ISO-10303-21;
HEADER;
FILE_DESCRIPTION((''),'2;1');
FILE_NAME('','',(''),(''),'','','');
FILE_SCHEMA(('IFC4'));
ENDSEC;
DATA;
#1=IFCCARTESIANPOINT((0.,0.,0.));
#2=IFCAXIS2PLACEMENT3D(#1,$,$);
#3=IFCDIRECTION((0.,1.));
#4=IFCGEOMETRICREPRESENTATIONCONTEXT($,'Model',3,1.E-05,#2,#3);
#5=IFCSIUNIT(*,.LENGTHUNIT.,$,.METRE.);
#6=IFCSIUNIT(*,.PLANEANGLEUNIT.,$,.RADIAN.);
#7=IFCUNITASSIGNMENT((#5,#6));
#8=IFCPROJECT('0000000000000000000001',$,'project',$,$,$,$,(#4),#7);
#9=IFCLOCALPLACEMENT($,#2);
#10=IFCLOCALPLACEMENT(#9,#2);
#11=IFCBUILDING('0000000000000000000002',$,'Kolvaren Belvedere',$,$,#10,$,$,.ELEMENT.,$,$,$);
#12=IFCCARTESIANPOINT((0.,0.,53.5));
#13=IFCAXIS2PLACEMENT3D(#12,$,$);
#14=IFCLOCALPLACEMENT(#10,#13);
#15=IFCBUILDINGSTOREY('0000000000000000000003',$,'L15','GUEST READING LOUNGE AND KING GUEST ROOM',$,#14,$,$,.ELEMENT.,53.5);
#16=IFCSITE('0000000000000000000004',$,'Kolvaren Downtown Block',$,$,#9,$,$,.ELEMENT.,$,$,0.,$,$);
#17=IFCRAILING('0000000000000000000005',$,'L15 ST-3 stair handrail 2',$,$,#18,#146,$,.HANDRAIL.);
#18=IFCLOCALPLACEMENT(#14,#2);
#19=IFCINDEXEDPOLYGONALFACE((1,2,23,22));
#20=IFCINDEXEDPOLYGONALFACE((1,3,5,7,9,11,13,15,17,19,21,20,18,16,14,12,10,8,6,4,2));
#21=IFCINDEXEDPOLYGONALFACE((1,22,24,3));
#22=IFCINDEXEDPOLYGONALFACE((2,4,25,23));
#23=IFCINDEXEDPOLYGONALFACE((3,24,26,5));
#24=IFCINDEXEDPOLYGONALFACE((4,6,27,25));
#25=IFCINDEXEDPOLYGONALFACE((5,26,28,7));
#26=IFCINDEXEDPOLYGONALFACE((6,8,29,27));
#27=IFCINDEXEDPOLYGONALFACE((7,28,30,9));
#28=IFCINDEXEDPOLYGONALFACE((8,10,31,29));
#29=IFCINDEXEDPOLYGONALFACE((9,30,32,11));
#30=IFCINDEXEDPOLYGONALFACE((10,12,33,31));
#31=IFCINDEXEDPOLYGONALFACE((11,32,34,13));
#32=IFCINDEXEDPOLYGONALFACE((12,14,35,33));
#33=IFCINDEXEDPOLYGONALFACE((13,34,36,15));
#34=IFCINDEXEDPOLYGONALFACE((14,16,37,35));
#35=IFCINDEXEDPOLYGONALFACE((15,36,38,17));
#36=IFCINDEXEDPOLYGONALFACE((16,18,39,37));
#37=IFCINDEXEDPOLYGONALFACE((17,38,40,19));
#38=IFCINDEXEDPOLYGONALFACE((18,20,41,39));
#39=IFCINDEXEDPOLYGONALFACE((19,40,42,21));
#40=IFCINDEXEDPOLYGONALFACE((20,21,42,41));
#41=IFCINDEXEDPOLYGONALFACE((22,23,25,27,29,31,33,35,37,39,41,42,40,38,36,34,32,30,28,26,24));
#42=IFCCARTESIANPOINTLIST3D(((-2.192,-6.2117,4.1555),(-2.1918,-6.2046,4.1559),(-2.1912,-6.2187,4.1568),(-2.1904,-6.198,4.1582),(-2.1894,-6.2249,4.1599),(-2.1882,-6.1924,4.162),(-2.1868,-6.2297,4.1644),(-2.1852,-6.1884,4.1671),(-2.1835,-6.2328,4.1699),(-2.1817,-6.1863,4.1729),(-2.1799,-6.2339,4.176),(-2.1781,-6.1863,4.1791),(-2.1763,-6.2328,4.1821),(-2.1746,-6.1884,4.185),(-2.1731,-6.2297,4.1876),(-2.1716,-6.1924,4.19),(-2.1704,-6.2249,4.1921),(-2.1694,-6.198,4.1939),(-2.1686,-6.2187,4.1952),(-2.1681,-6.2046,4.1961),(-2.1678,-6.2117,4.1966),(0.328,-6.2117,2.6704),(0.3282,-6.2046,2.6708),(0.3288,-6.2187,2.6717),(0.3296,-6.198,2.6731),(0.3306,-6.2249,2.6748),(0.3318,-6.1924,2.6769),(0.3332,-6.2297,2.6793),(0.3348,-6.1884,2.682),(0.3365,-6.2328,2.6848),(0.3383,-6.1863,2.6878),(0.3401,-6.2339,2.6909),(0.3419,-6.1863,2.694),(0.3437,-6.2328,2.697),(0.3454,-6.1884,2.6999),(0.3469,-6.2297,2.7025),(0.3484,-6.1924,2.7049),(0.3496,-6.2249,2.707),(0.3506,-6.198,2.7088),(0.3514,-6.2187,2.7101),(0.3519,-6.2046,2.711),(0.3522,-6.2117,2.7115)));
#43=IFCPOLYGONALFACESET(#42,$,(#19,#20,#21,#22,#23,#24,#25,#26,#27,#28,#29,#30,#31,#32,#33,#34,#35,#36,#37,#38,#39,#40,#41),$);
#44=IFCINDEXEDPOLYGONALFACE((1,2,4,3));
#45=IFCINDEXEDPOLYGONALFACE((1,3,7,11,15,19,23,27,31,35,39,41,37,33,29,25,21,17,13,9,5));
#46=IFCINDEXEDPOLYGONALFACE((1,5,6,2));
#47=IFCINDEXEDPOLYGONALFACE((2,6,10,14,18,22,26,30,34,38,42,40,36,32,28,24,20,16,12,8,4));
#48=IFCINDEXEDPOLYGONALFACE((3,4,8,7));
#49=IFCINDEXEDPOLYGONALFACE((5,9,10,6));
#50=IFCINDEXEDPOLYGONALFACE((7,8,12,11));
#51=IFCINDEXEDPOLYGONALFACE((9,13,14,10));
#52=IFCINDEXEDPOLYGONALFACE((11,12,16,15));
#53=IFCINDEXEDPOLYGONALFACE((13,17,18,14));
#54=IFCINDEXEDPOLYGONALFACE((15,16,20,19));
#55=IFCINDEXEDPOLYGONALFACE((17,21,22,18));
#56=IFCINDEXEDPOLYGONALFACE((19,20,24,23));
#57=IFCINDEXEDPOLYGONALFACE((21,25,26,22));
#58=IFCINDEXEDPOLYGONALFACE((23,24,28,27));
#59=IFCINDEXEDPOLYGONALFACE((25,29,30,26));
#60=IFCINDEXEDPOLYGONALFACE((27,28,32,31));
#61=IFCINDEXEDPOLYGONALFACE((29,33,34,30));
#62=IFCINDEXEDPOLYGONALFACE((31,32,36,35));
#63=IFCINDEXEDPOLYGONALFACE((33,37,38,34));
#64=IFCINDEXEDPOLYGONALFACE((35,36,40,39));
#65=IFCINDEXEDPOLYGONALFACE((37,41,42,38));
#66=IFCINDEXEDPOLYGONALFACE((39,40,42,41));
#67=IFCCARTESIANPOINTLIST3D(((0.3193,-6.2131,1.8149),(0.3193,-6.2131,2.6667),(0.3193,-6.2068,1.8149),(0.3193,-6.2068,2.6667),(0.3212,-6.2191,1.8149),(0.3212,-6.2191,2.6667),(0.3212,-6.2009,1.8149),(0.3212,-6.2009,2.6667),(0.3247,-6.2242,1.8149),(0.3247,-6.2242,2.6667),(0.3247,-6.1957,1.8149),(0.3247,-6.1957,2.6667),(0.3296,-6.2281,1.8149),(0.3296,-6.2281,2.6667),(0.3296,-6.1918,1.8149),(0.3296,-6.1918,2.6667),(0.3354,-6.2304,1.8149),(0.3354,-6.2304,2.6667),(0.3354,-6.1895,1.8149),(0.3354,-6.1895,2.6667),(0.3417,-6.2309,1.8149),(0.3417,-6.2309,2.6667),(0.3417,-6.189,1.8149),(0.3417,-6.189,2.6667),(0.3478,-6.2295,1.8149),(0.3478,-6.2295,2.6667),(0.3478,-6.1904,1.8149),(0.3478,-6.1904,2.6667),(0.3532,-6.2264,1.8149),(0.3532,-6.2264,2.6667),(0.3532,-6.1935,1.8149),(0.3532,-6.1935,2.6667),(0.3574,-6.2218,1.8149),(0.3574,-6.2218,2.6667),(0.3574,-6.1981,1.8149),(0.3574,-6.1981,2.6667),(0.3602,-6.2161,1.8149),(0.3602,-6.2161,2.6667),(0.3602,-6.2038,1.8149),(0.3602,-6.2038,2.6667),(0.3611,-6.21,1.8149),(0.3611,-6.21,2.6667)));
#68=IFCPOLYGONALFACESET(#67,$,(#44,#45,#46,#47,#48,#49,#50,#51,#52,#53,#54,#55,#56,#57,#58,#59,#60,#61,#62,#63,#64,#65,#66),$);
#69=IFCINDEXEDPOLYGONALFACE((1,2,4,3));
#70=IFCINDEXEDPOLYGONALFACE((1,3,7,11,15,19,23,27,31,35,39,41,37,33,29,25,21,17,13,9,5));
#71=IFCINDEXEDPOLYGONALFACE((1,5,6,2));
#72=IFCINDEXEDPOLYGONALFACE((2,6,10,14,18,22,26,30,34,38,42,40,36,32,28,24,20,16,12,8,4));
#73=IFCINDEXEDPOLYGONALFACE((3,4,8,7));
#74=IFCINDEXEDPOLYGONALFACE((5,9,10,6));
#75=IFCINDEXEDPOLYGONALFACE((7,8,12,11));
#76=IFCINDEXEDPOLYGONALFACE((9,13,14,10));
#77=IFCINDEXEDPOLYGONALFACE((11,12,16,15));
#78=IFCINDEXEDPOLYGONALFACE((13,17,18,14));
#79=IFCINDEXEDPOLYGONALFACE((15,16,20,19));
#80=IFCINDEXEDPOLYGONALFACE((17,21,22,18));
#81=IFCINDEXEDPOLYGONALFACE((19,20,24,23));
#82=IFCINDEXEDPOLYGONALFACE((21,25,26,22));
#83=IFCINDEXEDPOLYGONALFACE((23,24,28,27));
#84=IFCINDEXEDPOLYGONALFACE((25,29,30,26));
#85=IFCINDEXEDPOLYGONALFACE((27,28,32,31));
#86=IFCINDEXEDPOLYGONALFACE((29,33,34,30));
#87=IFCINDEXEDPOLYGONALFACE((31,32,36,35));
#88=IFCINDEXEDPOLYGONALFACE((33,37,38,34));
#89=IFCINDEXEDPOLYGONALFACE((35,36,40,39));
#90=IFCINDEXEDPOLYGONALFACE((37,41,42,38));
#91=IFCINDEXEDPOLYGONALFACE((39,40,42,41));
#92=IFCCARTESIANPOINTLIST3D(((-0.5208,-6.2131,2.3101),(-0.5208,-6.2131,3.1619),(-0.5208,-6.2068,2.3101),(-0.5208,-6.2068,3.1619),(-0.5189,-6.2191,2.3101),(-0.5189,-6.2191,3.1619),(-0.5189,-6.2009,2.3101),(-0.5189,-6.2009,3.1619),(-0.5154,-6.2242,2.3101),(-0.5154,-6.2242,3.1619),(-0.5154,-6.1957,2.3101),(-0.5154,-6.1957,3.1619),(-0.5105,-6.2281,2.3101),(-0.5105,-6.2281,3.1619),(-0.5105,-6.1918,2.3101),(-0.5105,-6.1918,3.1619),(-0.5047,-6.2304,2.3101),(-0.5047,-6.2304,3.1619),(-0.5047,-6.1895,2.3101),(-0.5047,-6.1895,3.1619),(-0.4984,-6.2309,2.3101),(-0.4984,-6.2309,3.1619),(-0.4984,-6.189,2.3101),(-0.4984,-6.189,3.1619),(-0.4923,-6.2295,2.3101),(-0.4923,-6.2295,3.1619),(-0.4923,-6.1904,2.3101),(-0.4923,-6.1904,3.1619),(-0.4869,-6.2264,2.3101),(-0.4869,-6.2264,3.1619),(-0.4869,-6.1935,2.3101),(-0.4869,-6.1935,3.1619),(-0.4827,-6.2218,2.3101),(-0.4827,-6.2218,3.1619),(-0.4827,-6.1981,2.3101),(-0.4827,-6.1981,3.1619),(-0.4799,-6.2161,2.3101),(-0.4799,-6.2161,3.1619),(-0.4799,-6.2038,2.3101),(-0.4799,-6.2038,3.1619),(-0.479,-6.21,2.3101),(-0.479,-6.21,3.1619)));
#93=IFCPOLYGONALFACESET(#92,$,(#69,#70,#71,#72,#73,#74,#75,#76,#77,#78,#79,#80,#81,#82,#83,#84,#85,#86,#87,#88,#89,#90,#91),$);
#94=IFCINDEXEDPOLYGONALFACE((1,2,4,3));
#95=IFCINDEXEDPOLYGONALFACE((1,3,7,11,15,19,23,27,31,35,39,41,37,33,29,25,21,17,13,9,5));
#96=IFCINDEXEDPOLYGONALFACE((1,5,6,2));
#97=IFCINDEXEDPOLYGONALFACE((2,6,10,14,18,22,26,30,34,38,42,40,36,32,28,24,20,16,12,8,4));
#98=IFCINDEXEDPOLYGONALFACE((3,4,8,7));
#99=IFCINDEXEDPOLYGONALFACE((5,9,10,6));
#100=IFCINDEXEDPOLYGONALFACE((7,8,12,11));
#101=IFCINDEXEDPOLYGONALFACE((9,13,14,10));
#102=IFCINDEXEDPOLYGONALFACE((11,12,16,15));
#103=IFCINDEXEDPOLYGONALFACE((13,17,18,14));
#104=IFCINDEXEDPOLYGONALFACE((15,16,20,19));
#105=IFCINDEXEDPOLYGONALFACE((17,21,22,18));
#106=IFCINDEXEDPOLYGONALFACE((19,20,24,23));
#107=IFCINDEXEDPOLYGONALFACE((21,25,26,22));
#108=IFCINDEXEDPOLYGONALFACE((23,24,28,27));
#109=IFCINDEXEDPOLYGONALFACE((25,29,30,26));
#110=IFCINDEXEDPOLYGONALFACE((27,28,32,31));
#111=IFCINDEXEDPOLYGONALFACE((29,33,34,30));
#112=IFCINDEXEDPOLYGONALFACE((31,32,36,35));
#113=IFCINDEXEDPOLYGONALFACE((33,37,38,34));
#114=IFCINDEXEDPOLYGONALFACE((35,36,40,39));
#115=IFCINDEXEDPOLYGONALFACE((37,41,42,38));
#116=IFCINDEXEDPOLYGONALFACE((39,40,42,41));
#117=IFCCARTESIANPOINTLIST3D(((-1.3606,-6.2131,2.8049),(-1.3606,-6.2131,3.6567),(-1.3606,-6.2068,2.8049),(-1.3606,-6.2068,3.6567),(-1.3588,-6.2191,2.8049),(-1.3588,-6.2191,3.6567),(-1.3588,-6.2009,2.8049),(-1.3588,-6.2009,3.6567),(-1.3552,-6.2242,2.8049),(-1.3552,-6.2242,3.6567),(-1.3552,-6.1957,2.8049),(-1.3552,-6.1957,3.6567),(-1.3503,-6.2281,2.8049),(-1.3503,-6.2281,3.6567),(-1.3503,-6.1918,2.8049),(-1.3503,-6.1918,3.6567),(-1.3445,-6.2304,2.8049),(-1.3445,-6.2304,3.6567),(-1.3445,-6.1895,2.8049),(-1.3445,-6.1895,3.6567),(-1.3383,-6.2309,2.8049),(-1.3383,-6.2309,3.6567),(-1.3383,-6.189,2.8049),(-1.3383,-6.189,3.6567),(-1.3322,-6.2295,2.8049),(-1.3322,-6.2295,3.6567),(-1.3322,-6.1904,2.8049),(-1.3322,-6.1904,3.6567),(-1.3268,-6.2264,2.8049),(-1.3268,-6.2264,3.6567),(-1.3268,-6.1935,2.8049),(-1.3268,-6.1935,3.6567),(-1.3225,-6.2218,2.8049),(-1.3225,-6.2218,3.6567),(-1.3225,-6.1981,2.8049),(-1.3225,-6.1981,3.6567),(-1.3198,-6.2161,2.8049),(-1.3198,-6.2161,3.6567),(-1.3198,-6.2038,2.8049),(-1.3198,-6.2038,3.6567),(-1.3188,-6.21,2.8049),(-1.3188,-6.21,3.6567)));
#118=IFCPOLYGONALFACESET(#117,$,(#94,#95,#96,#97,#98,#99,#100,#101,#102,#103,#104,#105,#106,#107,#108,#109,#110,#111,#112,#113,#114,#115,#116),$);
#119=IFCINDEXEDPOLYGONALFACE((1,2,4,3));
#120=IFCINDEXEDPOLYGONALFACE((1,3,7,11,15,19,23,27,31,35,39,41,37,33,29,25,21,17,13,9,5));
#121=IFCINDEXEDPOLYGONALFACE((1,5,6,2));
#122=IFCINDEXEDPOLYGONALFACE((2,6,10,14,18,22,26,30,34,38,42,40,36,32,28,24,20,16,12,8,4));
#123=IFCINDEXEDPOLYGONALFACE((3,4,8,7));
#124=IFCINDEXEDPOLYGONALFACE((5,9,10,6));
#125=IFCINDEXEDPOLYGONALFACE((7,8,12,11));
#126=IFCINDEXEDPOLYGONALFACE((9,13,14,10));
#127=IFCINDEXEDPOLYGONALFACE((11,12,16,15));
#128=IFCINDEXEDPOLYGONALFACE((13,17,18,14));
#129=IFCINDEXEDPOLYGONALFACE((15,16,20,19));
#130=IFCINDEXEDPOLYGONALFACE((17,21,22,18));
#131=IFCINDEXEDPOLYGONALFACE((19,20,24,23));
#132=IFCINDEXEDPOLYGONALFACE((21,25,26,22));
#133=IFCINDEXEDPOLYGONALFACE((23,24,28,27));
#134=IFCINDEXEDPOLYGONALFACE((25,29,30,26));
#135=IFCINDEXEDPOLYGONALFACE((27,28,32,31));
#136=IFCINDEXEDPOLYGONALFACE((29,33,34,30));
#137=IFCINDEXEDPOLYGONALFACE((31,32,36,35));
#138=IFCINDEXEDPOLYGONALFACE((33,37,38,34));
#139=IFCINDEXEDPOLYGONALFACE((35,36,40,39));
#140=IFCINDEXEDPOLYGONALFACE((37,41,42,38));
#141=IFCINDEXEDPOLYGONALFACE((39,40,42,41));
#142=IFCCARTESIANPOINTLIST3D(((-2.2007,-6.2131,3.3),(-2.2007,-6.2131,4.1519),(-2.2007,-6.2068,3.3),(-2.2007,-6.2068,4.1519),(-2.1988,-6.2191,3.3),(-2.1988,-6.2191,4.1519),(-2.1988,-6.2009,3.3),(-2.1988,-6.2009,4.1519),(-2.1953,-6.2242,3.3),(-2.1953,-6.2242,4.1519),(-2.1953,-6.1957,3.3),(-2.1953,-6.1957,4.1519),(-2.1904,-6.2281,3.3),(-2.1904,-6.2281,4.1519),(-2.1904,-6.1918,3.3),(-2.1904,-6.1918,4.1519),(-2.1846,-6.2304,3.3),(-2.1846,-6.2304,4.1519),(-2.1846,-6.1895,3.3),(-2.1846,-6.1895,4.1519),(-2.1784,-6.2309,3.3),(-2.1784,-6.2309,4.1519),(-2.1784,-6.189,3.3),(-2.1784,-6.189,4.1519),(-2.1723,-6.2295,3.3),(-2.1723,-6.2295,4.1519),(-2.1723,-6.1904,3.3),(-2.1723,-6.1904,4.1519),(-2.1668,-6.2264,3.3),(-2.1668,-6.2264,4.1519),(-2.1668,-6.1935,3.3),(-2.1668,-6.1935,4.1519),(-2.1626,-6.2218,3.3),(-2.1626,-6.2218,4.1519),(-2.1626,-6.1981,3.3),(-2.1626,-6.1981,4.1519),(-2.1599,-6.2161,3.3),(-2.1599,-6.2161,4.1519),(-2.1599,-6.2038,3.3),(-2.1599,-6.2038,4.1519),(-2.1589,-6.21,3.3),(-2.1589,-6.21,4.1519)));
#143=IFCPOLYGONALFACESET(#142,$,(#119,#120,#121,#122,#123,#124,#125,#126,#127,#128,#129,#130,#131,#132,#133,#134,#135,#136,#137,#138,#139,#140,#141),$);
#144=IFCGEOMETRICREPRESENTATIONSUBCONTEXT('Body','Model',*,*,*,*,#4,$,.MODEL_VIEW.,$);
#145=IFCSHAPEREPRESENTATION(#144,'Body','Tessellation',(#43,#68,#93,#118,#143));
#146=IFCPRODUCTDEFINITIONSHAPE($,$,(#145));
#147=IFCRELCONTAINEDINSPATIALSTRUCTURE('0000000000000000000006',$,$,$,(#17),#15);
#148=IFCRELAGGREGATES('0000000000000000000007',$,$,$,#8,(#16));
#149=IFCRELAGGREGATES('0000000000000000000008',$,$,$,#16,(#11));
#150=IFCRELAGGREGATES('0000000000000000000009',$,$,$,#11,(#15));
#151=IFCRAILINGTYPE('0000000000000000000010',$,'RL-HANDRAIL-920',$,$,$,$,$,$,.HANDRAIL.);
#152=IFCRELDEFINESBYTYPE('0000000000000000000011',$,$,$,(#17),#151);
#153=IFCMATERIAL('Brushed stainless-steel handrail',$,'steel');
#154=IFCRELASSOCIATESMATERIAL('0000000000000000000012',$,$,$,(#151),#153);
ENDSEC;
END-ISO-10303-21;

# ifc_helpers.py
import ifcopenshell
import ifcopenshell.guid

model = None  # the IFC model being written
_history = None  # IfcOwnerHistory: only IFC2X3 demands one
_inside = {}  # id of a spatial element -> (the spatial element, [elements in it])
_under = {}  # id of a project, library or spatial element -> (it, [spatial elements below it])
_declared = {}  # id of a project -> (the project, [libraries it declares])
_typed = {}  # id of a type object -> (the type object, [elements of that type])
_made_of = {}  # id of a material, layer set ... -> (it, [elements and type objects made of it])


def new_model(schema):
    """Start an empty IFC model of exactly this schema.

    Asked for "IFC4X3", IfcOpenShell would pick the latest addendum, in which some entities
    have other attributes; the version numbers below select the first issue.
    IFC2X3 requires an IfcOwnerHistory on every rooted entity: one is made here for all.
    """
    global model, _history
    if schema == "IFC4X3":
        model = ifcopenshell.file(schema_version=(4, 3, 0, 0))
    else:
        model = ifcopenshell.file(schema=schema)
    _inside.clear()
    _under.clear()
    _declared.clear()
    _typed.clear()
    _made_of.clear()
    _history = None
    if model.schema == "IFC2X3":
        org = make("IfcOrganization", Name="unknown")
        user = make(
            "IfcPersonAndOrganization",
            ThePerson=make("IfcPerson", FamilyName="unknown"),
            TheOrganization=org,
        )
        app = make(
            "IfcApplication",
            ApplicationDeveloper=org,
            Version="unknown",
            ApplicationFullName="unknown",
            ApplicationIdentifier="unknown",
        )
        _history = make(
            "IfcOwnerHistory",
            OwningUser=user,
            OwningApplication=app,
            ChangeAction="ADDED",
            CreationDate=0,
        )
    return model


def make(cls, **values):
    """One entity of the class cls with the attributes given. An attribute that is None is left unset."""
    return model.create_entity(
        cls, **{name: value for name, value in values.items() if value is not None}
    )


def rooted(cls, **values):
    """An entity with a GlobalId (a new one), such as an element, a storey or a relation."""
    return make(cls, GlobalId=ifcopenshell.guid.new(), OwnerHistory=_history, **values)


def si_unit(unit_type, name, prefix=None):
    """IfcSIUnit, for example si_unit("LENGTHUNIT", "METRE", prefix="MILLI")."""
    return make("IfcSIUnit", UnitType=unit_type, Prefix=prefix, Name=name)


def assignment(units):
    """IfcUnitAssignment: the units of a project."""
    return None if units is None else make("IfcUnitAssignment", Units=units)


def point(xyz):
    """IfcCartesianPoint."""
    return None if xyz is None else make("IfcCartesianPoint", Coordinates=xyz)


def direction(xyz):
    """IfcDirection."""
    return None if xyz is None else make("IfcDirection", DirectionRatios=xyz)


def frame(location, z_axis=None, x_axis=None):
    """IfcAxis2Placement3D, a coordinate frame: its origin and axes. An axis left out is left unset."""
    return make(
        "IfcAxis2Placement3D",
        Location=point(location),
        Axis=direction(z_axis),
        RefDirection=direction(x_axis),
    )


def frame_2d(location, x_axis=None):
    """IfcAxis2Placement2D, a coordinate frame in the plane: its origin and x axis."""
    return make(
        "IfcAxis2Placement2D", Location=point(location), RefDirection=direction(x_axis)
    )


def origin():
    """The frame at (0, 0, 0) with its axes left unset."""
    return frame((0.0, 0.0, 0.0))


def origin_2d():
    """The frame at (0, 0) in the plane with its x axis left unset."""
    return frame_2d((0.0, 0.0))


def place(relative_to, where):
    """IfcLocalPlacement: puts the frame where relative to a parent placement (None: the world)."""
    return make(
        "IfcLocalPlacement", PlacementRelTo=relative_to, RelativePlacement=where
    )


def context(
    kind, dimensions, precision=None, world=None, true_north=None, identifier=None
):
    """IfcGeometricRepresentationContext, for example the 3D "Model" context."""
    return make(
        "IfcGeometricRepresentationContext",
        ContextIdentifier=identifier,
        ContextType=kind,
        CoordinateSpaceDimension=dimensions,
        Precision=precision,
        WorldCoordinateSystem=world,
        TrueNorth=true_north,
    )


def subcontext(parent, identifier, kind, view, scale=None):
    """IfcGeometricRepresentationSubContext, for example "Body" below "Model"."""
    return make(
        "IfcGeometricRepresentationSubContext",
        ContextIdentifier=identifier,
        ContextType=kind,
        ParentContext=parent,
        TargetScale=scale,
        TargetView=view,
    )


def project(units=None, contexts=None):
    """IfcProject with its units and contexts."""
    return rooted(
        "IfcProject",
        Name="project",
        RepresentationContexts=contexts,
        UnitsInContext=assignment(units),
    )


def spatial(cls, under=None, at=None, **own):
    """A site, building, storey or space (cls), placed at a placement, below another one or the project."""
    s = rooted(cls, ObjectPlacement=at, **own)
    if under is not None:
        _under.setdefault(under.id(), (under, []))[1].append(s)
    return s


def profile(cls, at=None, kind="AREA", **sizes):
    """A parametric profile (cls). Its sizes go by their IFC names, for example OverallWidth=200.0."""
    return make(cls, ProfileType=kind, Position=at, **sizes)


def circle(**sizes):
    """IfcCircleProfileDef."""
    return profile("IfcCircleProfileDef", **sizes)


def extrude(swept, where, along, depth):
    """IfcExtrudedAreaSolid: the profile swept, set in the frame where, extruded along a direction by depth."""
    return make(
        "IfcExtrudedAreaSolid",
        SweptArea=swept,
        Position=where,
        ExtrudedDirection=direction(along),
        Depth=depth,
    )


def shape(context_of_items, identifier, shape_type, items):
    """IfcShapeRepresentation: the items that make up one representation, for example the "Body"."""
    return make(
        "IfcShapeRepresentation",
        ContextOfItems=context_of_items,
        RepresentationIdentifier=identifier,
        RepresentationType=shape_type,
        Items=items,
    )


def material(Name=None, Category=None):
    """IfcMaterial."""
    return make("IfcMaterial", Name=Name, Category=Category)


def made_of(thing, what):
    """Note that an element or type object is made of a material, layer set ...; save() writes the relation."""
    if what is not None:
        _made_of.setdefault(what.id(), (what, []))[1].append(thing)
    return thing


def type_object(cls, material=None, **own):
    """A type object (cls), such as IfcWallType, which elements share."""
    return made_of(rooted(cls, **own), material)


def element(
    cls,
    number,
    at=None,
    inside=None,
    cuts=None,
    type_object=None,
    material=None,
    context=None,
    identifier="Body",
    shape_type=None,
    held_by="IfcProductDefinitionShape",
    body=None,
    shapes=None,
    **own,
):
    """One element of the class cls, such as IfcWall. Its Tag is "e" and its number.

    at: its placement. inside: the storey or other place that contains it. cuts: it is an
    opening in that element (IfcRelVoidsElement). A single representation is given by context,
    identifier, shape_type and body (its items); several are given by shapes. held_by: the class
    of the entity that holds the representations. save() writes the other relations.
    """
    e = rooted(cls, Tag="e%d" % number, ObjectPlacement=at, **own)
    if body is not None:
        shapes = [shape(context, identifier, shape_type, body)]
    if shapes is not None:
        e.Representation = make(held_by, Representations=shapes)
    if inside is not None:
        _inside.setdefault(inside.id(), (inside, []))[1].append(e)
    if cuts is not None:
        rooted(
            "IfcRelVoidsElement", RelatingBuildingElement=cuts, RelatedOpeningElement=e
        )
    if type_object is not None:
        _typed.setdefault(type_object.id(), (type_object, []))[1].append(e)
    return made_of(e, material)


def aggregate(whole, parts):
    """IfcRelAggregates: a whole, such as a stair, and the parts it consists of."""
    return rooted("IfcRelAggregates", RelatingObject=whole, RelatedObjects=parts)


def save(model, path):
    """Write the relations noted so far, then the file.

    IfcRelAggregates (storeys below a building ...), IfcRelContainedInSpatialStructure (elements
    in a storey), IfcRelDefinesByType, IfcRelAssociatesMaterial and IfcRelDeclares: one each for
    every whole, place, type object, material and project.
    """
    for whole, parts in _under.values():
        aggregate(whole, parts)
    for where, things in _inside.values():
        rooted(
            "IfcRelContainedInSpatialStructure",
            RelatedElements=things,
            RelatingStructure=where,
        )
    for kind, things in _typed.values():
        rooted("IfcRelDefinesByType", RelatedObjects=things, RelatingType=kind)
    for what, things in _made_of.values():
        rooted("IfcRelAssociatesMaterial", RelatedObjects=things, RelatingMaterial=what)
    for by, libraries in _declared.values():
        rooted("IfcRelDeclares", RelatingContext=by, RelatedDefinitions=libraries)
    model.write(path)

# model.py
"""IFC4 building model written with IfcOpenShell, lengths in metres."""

from ifc_helpers import new_model, si_unit, direction, frame, origin, origin_2d, place, context, subcontext, project, spatial, circle, extrude, material, type_object, element, save


model = new_model("IFC4")

# Units and contexts
model_context = context("Model", 3, precision=1e-05, world=origin(), true_north=direction((0.0, 1.0)))
body_context = subcontext(model_context, "Body", "Model", "MODEL_VIEW")
ifc_project = project(units=[si_unit("LENGTHUNIT", "METRE"), si_unit("PLANEANGLEUNIT", "RADIAN")], contexts=[model_context])

# Site, building, storey
site_placement = place(None, origin())
site = spatial("IfcSite", under=ifc_project, at=site_placement, Name="Kolvaren Downtown Block", CompositionType="ELEMENT", RefElevation=0.0)
building_placement = place(site_placement, origin())
building = spatial("IfcBuilding", under=site, at=building_placement, Name="Kolvaren Belvedere", CompositionType="ELEMENT")
storey_placement = place(building_placement, frame((0.0, 0.0, 53.5)))
storey = spatial("IfcBuildingStorey", under=building, at=storey_placement, Name="L15", Description="GUEST READING LOUNGE AND KING GUEST ROOM", CompositionType="ELEMENT", Elevation=53.5)

# Railing
ifc_material_1 = material(Name="Brushed stainless-steel handrail", Category="steel")
railing_type_1 = type_object("IfcRailingType", Name="RL-HANDRAIL-920", PredefinedType="HANDRAIL", material=ifc_material_1)
railing_1_placement = place(storey_placement, frame((0.3401, -6.21, 1.8149)))
element("IfcRailing", 1, at=railing_1_placement, inside=storey, type_object=railing_type_1, Name="L15 ST-3 stair handrail 2", PredefinedType="HANDRAIL", context=body_context, shape_type="SweptSolid", body=[
    extrude(circle(Radius=0.0239, at=origin_2d()), frame((0.0, 0.0, 0.876), z_axis=(-0.861524, 0.0, 0.507717), x_axis=(0.0, -1.0, 0.0)), (0.0, 0.0, 1.0), 2.925),
    extrude(circle(Radius=0.021, at=origin_2d()), origin(), (0.0, 0.0, 1.0), 0.8518),
    extrude(circle(Radius=0.021, at=origin_2d()), frame((-0.8401, 0.0, 0.4951)), (0.0, 0.0, 1.0), 0.8518),
    extrude(circle(Radius=0.021, at=origin_2d()), frame((-1.6799, 0.0, 0.99)), (0.0, 0.0, 1.0), 0.8518),
    extrude(circle(Radius=0.021, at=origin_2d()), frame((-2.52, 0.0, 1.4851)), (0.0, 0.0, 1.0), 0.8518),
])

save(model, "model.ifc")
